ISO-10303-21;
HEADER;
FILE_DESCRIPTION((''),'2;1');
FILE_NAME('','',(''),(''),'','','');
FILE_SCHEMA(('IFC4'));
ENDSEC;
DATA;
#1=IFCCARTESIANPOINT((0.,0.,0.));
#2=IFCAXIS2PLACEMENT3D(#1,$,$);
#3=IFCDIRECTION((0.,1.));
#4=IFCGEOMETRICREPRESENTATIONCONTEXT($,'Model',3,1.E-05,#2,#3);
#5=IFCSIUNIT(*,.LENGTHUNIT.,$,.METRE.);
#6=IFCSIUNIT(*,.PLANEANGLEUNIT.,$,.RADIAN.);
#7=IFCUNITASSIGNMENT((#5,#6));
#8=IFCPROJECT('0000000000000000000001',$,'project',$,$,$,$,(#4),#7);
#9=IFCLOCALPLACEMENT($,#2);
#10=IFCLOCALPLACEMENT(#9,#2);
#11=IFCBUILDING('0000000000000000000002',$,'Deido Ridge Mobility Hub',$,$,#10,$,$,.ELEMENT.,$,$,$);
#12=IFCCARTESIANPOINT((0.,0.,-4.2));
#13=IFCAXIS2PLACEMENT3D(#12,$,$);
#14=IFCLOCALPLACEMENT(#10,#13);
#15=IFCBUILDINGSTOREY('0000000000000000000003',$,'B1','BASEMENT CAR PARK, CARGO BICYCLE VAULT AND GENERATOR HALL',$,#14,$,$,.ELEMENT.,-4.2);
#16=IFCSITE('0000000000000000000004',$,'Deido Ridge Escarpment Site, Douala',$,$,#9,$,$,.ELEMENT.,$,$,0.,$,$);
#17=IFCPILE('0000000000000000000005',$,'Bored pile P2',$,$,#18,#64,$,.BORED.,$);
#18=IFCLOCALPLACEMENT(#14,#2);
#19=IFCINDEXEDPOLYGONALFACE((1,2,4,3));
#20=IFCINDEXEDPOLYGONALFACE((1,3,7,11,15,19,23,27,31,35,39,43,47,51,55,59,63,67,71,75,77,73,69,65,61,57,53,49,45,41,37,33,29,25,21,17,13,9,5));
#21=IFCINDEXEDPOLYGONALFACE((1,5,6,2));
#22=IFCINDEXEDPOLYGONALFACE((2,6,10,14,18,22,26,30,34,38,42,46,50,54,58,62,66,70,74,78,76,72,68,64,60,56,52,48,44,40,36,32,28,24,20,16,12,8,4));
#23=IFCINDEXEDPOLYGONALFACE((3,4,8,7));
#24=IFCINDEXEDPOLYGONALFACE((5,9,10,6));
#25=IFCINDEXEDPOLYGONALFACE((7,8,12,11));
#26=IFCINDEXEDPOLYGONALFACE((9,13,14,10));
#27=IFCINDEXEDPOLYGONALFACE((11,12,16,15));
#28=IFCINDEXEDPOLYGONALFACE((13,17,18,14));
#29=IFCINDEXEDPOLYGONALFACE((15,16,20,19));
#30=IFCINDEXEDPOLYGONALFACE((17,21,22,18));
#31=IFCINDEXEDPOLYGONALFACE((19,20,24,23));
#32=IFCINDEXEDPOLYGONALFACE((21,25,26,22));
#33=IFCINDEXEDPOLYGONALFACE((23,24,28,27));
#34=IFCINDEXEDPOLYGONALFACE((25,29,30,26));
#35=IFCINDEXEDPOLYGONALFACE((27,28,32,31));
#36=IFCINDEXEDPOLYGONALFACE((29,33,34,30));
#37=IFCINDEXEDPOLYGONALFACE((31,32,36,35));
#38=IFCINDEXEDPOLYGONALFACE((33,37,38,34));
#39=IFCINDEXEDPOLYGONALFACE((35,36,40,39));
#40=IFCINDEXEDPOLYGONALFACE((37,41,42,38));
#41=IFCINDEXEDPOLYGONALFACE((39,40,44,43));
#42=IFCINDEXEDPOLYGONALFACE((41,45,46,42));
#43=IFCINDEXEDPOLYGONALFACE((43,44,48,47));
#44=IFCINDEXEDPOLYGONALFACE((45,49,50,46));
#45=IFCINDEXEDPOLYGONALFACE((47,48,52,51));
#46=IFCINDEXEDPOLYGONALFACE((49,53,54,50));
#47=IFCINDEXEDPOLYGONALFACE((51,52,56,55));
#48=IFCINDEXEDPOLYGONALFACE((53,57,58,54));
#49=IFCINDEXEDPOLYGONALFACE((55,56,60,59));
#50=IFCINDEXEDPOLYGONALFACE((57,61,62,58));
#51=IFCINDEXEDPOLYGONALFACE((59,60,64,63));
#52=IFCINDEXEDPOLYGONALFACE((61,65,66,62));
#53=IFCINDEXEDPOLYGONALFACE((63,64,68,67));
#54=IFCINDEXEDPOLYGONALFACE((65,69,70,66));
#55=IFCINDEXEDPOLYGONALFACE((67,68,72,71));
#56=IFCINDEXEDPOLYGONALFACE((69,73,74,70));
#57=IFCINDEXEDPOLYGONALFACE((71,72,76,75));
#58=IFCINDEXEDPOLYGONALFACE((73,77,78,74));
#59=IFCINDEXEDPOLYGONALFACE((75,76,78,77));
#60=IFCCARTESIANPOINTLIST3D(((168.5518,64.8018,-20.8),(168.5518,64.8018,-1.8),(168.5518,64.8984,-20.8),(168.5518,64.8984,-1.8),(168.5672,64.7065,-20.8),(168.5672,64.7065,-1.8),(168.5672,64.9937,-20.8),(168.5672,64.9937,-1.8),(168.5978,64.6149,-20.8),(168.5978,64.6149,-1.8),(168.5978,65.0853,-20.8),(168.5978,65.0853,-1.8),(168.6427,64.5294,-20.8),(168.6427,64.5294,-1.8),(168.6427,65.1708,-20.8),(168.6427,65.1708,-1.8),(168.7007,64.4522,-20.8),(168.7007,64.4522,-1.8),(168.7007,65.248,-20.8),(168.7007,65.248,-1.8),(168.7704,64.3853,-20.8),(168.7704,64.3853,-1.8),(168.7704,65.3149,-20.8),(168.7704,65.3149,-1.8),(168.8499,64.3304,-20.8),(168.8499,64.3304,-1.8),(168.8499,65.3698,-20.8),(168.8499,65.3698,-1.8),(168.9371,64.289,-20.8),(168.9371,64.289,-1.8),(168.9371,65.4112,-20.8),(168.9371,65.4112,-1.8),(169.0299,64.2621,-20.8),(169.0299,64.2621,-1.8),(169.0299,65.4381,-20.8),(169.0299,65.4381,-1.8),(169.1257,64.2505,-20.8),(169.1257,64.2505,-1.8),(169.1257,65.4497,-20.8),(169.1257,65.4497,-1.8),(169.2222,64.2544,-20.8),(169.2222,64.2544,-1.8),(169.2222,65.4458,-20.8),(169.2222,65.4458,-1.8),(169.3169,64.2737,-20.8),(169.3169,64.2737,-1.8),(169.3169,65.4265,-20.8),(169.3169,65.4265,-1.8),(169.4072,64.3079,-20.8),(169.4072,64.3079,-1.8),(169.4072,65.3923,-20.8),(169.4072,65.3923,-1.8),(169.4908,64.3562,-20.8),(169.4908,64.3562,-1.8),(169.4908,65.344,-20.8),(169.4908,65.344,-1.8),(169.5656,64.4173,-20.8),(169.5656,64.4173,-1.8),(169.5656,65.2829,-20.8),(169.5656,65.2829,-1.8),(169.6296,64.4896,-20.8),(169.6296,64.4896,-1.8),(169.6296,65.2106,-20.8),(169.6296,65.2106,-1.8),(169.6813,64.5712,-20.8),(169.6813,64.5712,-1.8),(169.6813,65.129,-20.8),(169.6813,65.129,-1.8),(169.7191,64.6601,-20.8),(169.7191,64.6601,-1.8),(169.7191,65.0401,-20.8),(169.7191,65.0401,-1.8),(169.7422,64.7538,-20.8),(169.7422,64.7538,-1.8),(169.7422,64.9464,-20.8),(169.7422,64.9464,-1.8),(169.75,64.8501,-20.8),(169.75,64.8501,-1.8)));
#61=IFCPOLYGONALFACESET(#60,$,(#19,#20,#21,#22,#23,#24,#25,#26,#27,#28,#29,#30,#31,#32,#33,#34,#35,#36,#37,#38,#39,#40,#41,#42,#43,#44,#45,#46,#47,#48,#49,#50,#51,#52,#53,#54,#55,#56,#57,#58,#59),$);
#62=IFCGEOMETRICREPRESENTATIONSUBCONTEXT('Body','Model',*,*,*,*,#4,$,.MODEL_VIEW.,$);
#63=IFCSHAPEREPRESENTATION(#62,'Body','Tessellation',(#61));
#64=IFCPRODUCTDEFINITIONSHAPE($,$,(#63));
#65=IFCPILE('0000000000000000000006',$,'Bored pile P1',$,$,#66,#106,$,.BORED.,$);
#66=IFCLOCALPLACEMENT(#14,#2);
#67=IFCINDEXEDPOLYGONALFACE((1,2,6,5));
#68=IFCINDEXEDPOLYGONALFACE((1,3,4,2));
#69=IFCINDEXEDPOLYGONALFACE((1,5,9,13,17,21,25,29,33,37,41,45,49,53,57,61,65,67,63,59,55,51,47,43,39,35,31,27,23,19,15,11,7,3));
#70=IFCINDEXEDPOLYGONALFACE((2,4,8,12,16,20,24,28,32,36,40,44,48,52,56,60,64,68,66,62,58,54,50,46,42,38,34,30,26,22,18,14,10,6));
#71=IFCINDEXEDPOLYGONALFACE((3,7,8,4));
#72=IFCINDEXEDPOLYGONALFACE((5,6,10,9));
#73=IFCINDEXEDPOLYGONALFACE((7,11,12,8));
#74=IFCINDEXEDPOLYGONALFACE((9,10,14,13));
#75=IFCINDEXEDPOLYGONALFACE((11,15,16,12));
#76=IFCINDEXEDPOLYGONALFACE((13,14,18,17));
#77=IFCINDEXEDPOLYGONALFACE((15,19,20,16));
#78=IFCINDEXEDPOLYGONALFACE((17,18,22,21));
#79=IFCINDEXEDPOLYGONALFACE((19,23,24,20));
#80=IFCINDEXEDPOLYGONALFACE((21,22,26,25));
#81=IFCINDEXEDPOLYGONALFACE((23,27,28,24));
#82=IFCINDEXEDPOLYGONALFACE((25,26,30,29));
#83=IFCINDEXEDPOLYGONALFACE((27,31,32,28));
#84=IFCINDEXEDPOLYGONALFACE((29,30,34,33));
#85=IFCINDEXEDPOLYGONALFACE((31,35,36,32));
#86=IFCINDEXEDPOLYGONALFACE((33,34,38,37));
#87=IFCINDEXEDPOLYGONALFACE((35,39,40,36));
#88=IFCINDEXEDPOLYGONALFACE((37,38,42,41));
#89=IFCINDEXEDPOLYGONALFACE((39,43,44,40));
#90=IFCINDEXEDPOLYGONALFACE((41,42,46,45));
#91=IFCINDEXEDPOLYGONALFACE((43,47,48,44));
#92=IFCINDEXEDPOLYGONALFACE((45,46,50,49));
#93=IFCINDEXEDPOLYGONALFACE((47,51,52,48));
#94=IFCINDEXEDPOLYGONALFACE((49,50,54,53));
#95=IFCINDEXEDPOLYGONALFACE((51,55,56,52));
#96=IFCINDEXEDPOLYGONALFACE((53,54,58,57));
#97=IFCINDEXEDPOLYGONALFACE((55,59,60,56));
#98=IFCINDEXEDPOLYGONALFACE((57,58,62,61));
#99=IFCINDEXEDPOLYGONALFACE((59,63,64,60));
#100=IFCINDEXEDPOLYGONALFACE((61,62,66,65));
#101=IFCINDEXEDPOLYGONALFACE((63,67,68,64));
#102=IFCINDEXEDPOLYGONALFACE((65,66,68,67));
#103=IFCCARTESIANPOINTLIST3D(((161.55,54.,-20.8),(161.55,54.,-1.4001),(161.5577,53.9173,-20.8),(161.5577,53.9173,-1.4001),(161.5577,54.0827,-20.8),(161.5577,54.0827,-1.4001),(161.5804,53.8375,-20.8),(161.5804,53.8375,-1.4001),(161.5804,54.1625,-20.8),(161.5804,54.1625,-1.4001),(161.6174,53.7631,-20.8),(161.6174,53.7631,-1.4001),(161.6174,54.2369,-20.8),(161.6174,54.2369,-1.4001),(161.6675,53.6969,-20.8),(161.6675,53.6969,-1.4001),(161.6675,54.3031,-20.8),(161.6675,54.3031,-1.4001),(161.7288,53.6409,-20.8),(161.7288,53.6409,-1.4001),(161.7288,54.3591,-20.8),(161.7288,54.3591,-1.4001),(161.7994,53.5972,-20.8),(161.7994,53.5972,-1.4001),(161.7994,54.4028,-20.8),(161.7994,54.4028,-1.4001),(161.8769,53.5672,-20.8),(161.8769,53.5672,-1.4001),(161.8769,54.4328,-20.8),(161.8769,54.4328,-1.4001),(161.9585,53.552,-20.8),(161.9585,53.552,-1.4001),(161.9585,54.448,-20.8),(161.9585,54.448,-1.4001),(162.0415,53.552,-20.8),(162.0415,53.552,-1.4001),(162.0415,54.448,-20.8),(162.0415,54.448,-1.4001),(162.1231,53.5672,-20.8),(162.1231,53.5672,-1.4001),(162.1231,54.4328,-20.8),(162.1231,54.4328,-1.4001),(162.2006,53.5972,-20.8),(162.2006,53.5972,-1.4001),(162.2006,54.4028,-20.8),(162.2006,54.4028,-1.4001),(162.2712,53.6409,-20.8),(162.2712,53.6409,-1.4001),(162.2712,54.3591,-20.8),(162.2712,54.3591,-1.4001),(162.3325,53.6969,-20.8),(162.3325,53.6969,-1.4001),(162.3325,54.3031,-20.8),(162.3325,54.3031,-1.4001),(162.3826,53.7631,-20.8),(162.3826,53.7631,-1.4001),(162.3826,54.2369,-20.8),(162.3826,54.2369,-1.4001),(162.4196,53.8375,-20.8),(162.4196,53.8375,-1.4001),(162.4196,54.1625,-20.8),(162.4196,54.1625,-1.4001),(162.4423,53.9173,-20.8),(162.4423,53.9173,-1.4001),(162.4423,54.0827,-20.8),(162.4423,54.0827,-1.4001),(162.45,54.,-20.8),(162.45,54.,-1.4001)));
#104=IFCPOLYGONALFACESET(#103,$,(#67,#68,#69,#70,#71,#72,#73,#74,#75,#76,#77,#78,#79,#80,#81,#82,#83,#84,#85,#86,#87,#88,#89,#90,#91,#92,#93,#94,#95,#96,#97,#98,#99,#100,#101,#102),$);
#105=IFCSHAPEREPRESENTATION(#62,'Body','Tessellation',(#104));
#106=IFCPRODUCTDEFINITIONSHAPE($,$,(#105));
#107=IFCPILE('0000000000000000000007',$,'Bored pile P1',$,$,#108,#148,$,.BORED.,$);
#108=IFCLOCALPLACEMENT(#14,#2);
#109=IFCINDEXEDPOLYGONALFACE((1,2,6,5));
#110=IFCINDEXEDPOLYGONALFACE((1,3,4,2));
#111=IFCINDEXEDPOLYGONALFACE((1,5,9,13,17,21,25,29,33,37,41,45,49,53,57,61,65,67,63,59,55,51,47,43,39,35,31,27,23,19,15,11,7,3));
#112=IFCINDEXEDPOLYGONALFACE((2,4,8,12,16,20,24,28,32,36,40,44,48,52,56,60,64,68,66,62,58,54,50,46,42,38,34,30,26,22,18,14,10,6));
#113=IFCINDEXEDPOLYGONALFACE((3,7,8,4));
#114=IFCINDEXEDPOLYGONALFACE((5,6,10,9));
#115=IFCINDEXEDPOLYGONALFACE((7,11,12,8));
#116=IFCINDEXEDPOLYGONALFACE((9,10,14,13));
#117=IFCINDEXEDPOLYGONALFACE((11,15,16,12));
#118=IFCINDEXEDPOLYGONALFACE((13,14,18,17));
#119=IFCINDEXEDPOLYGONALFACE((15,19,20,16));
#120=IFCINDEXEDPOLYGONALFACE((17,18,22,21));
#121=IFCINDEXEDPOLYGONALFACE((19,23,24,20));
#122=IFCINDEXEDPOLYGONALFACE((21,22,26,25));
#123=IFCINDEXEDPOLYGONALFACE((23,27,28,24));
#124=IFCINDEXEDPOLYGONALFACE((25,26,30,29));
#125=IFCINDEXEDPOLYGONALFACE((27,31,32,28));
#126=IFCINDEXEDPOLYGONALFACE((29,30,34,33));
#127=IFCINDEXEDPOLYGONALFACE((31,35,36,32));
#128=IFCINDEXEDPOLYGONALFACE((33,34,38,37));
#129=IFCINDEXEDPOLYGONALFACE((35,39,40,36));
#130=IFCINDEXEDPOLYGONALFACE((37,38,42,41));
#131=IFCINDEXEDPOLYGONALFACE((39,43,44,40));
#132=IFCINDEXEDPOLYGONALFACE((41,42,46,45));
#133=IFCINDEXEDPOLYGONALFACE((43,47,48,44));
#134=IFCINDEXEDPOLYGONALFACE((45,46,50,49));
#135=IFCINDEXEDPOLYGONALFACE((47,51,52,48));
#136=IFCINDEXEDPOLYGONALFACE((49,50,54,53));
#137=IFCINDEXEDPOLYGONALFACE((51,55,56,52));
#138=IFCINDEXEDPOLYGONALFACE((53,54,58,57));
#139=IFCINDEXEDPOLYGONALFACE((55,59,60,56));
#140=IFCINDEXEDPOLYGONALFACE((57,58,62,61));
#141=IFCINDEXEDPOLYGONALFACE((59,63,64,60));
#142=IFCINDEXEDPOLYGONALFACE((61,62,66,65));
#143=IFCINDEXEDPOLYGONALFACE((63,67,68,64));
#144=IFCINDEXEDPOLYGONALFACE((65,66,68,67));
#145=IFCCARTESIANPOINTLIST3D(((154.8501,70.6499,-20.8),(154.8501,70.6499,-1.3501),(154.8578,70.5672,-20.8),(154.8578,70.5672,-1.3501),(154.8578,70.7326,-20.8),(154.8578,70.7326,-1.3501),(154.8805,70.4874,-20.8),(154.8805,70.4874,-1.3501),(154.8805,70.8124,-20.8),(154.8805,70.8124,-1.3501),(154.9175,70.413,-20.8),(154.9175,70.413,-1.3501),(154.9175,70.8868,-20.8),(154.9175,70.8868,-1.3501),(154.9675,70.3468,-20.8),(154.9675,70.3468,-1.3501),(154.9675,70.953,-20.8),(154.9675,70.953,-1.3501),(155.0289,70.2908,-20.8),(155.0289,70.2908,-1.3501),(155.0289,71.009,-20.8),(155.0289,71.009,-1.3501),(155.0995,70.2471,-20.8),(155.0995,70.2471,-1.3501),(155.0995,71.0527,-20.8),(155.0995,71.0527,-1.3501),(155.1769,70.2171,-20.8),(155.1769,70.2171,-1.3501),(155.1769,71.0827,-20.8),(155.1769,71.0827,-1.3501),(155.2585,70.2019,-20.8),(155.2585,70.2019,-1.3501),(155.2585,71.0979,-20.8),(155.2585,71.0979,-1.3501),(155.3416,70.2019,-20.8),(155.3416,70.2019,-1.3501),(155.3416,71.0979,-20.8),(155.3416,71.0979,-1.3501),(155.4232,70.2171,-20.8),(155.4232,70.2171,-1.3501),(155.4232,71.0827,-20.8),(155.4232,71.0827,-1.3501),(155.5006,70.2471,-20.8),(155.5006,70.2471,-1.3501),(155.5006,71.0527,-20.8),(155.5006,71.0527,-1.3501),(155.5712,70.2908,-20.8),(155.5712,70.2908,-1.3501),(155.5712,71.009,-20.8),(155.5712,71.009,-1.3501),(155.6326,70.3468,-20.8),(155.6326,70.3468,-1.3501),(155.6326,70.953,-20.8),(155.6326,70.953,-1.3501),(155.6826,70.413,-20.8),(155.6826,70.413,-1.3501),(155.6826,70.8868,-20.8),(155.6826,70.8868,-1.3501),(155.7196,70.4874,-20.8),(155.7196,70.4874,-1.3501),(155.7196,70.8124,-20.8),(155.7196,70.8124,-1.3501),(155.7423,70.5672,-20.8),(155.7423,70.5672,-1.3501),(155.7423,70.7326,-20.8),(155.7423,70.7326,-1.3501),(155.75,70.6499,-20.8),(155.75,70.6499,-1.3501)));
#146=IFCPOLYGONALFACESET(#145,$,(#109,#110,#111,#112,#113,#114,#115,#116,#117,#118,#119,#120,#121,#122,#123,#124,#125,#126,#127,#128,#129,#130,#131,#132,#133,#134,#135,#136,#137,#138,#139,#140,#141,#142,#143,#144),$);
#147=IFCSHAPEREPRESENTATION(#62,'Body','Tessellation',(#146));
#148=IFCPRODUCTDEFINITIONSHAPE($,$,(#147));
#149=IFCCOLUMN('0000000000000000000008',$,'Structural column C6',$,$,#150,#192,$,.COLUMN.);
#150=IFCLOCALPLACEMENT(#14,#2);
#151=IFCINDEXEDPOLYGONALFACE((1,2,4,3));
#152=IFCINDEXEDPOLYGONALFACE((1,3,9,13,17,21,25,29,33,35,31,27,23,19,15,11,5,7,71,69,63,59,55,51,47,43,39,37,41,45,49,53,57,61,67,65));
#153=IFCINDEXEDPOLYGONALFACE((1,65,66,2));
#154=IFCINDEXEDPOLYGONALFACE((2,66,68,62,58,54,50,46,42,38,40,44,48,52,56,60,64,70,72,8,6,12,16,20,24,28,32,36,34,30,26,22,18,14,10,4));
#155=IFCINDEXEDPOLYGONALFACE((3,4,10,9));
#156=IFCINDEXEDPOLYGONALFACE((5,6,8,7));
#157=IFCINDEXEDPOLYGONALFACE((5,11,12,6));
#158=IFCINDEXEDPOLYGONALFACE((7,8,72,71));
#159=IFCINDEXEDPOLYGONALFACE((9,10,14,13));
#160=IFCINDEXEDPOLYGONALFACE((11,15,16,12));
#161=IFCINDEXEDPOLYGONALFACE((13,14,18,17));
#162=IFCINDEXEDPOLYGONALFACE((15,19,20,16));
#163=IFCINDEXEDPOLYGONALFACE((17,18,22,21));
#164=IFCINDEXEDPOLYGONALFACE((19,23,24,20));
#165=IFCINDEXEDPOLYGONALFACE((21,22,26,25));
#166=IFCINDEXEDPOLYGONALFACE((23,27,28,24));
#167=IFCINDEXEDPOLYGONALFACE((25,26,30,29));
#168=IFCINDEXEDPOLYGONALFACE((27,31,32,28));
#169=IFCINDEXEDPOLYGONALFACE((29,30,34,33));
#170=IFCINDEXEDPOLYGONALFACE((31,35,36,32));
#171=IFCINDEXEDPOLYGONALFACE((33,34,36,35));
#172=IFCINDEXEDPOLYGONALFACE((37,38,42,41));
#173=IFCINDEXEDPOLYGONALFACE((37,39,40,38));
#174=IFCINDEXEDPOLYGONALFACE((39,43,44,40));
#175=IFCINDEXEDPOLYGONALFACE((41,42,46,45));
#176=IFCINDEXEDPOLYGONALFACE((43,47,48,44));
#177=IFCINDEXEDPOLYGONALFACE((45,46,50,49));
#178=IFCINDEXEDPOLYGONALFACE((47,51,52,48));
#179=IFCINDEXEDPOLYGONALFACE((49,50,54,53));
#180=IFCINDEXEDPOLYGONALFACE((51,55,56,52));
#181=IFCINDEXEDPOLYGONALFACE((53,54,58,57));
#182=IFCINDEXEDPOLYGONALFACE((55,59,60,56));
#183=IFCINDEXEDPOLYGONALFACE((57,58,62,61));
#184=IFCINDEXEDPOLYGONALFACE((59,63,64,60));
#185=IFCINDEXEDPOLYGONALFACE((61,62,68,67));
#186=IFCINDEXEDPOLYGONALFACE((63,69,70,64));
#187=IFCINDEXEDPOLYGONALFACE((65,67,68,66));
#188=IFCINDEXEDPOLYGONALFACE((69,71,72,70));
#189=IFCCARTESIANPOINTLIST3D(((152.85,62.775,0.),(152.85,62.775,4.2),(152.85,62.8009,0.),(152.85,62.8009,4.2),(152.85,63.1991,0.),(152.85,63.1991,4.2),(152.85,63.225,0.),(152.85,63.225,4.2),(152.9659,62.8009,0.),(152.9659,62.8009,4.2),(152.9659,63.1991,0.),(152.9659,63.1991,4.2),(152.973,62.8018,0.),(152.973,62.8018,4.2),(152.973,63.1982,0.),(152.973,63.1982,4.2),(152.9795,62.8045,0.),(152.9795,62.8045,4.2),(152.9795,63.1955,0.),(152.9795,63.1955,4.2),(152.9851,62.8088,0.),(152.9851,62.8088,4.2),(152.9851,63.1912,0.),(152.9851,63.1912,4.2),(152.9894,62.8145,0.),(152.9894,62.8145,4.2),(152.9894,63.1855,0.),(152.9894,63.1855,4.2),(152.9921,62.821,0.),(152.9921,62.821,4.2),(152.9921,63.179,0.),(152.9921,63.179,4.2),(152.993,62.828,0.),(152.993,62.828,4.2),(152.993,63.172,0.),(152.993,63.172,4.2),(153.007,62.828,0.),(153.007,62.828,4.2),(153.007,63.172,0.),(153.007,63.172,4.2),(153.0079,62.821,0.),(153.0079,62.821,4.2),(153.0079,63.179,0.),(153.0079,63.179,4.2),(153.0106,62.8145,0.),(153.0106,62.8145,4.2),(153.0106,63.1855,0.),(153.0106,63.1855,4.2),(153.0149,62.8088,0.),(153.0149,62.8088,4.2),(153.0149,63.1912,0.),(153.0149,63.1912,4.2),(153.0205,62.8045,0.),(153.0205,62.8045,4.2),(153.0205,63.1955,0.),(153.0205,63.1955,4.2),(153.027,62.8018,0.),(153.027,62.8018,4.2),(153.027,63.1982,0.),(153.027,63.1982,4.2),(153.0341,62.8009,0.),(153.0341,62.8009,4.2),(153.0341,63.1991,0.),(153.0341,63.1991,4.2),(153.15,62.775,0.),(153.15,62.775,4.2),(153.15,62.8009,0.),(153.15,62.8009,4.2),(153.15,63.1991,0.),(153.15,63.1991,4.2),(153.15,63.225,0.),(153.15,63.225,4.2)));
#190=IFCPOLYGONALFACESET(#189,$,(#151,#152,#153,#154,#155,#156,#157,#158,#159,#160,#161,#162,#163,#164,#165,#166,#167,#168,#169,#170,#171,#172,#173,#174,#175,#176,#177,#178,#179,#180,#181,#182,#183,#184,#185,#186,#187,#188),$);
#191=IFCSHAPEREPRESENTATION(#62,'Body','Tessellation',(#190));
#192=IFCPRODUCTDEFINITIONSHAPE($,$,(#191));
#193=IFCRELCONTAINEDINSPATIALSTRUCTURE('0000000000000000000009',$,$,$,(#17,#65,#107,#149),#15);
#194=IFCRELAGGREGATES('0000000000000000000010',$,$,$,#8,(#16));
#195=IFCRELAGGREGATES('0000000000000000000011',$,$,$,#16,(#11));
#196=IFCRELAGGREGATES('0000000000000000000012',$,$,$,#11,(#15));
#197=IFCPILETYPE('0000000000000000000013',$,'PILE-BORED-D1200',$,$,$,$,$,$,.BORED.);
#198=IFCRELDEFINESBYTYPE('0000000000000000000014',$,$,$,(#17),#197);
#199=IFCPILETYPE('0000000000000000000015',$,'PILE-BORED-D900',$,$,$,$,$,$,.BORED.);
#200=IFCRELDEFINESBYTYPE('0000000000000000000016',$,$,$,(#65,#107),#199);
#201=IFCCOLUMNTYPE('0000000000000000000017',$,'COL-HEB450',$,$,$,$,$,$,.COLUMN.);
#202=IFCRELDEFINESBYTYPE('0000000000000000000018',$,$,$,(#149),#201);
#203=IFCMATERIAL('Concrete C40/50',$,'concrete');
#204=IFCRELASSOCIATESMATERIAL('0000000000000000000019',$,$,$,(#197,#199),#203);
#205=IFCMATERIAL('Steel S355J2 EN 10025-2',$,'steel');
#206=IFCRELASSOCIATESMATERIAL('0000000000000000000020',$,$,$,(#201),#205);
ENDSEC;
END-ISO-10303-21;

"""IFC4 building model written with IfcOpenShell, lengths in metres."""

from ifc_helpers import new_model, si_unit, direction, frame, origin, origin_2d, place, context, subcontext, project, spatial, circle, i_section, extrude, material, material_profile, profile_set, type_object, element, save


model = new_model("IFC4")

# Units and contexts
model_context = context("Model", 3, precision=1e-05, world=origin(), true_north=direction((0.0, 1.0)))
body_context = subcontext(model_context, "Body", "Model", "MODEL_VIEW")
ifc_project = project(units=[si_unit("LENGTHUNIT", "METRE"), si_unit("PLANEANGLEUNIT", "RADIAN")], contexts=[model_context])

# Site, building, storey
site_placement = place(None, origin())
site = spatial("IfcSite", under=ifc_project, at=site_placement, Name="Deido Ridge Escarpment Site, Douala", CompositionType="ELEMENT", RefElevation=0.0)
building_placement = place(site_placement, origin())
building = spatial("IfcBuilding", under=site, at=building_placement, Name="Deido Ridge Mobility Hub", CompositionType="ELEMENT")
storey_placement = place(building_placement, frame((0.0, 0.0, -4.2)))
storey = spatial("IfcBuildingStorey", under=building, at=storey_placement, Name="B1", Description="BASEMENT CAR PARK, CARGO BICYCLE VAULT AND GENERATOR HALL", CompositionType="ELEMENT", Elevation=-4.2)

# Shared definitions
ifc_material_1 = material(Name="Concrete C40/50", Category="concrete")

# Piles
ifc_material_profile_1 = material_profile(ifc_material_1, circle(Radius=0.6001, at=origin_2d()), Name="BORED PILE D1200")
ifc_profile_set_1 = profile_set([ifc_material_profile_1], Name="Concrete C40/50")
pile_type_1 = type_object("IfcPileType", Name="PILE-BORED-D1200", PredefinedType="BORED", material=ifc_profile_set_1)
for number, where, z_axis, x_axis, name in (
    (1, (169.1499, 64.8501, -1.8), (0.0, 0.0, -1.0), (1.0, 0.0, 0.0), "Bored pile P2"),
):
    element("IfcPile", number, at=place(storey_placement, frame(where, z_axis=z_axis, x_axis=x_axis)), inside=storey, type_object=pile_type_1, Name=name, PredefinedType="BORED", context=body_context, shape_type="SweptSolid", body=[
        extrude(circle(Radius=0.6001, at=origin_2d()), origin(), (0.0, 0.0, 1.0), 19.0),
    ])
ifc_material_profile_2 = material_profile(ifc_material_1, circle(Radius=0.45, at=origin_2d()), Name="BORED PILE D900")
ifc_profile_set_2 = profile_set([ifc_material_profile_2], Name="Concrete C40/50")
pile_type_2 = type_object("IfcPileType", Name="PILE-BORED-D900", PredefinedType="BORED", material=ifc_profile_set_2)
pile_1_placement = place(storey_placement, frame((162.0, 54.0, -1.4001), z_axis=(0.0, 0.0, -1.0), x_axis=(1.0, 0.0, 0.0)))
element("IfcPile", 2, at=pile_1_placement, inside=storey, type_object=pile_type_2, Name="Bored pile P1", PredefinedType="BORED", context=body_context, shape_type="SweptSolid", body=[
    extrude(circle(Radius=0.45, at=origin_2d()), origin(), (0.0, 0.0, 1.0), 19.3999),
])
pile_2_placement = place(storey_placement, frame((155.3, 70.6499, -1.3501), z_axis=(0.0, 0.0, -1.0), x_axis=(1.0, 0.0, 0.0)))
element("IfcPile", 3, at=pile_2_placement, inside=storey, type_object=pile_type_2, Name="Bored pile P1", PredefinedType="BORED", context=body_context, shape_type="SweptSolid", body=[
    extrude(circle(Radius=0.45, at=origin_2d()), origin(), (0.0, 0.0, 1.0), 19.45),
])

# Column
ifc_material_2 = material(Name="Steel S355J2 EN 10025-2", Category="steel")
ifc_material_profile_3 = material_profile(ifc_material_2, i_section(OverallWidth=0.3, OverallDepth=0.45, WebThickness=0.0139, FlangeThickness=0.0259, FilletRadius=0.0271, at=origin_2d()), Name="HEB 450")
ifc_profile_set_3 = profile_set([ifc_material_profile_3], Name="Steel S355J2 EN 10025-2")
column_type_1 = type_object("IfcColumnType", Name="COL-HEB450", PredefinedType="COLUMN", material=ifc_profile_set_3)
for number, where, z_axis, x_axis, name in (
    (4, (153.0, 63.0, 0.0), (0.0, 0.0, 1.0), (1.0, 0.0, 0.0), "Structural column C6"),
):
    element("IfcColumn", number, at=place(storey_placement, frame(where, z_axis=z_axis, x_axis=x_axis)), inside=storey, type_object=column_type_1, Name=name, PredefinedType="COLUMN", context=body_context, shape_type="SweptSolid", body=[
        extrude(i_section(OverallWidth=0.3, OverallDepth=0.45, WebThickness=0.0139, FlangeThickness=0.0259, FilletRadius=0.0271, at=origin_2d()), origin(), (0.0, 0.0, 1.0), 4.2),
    ])

save(model, "model.ifc")
